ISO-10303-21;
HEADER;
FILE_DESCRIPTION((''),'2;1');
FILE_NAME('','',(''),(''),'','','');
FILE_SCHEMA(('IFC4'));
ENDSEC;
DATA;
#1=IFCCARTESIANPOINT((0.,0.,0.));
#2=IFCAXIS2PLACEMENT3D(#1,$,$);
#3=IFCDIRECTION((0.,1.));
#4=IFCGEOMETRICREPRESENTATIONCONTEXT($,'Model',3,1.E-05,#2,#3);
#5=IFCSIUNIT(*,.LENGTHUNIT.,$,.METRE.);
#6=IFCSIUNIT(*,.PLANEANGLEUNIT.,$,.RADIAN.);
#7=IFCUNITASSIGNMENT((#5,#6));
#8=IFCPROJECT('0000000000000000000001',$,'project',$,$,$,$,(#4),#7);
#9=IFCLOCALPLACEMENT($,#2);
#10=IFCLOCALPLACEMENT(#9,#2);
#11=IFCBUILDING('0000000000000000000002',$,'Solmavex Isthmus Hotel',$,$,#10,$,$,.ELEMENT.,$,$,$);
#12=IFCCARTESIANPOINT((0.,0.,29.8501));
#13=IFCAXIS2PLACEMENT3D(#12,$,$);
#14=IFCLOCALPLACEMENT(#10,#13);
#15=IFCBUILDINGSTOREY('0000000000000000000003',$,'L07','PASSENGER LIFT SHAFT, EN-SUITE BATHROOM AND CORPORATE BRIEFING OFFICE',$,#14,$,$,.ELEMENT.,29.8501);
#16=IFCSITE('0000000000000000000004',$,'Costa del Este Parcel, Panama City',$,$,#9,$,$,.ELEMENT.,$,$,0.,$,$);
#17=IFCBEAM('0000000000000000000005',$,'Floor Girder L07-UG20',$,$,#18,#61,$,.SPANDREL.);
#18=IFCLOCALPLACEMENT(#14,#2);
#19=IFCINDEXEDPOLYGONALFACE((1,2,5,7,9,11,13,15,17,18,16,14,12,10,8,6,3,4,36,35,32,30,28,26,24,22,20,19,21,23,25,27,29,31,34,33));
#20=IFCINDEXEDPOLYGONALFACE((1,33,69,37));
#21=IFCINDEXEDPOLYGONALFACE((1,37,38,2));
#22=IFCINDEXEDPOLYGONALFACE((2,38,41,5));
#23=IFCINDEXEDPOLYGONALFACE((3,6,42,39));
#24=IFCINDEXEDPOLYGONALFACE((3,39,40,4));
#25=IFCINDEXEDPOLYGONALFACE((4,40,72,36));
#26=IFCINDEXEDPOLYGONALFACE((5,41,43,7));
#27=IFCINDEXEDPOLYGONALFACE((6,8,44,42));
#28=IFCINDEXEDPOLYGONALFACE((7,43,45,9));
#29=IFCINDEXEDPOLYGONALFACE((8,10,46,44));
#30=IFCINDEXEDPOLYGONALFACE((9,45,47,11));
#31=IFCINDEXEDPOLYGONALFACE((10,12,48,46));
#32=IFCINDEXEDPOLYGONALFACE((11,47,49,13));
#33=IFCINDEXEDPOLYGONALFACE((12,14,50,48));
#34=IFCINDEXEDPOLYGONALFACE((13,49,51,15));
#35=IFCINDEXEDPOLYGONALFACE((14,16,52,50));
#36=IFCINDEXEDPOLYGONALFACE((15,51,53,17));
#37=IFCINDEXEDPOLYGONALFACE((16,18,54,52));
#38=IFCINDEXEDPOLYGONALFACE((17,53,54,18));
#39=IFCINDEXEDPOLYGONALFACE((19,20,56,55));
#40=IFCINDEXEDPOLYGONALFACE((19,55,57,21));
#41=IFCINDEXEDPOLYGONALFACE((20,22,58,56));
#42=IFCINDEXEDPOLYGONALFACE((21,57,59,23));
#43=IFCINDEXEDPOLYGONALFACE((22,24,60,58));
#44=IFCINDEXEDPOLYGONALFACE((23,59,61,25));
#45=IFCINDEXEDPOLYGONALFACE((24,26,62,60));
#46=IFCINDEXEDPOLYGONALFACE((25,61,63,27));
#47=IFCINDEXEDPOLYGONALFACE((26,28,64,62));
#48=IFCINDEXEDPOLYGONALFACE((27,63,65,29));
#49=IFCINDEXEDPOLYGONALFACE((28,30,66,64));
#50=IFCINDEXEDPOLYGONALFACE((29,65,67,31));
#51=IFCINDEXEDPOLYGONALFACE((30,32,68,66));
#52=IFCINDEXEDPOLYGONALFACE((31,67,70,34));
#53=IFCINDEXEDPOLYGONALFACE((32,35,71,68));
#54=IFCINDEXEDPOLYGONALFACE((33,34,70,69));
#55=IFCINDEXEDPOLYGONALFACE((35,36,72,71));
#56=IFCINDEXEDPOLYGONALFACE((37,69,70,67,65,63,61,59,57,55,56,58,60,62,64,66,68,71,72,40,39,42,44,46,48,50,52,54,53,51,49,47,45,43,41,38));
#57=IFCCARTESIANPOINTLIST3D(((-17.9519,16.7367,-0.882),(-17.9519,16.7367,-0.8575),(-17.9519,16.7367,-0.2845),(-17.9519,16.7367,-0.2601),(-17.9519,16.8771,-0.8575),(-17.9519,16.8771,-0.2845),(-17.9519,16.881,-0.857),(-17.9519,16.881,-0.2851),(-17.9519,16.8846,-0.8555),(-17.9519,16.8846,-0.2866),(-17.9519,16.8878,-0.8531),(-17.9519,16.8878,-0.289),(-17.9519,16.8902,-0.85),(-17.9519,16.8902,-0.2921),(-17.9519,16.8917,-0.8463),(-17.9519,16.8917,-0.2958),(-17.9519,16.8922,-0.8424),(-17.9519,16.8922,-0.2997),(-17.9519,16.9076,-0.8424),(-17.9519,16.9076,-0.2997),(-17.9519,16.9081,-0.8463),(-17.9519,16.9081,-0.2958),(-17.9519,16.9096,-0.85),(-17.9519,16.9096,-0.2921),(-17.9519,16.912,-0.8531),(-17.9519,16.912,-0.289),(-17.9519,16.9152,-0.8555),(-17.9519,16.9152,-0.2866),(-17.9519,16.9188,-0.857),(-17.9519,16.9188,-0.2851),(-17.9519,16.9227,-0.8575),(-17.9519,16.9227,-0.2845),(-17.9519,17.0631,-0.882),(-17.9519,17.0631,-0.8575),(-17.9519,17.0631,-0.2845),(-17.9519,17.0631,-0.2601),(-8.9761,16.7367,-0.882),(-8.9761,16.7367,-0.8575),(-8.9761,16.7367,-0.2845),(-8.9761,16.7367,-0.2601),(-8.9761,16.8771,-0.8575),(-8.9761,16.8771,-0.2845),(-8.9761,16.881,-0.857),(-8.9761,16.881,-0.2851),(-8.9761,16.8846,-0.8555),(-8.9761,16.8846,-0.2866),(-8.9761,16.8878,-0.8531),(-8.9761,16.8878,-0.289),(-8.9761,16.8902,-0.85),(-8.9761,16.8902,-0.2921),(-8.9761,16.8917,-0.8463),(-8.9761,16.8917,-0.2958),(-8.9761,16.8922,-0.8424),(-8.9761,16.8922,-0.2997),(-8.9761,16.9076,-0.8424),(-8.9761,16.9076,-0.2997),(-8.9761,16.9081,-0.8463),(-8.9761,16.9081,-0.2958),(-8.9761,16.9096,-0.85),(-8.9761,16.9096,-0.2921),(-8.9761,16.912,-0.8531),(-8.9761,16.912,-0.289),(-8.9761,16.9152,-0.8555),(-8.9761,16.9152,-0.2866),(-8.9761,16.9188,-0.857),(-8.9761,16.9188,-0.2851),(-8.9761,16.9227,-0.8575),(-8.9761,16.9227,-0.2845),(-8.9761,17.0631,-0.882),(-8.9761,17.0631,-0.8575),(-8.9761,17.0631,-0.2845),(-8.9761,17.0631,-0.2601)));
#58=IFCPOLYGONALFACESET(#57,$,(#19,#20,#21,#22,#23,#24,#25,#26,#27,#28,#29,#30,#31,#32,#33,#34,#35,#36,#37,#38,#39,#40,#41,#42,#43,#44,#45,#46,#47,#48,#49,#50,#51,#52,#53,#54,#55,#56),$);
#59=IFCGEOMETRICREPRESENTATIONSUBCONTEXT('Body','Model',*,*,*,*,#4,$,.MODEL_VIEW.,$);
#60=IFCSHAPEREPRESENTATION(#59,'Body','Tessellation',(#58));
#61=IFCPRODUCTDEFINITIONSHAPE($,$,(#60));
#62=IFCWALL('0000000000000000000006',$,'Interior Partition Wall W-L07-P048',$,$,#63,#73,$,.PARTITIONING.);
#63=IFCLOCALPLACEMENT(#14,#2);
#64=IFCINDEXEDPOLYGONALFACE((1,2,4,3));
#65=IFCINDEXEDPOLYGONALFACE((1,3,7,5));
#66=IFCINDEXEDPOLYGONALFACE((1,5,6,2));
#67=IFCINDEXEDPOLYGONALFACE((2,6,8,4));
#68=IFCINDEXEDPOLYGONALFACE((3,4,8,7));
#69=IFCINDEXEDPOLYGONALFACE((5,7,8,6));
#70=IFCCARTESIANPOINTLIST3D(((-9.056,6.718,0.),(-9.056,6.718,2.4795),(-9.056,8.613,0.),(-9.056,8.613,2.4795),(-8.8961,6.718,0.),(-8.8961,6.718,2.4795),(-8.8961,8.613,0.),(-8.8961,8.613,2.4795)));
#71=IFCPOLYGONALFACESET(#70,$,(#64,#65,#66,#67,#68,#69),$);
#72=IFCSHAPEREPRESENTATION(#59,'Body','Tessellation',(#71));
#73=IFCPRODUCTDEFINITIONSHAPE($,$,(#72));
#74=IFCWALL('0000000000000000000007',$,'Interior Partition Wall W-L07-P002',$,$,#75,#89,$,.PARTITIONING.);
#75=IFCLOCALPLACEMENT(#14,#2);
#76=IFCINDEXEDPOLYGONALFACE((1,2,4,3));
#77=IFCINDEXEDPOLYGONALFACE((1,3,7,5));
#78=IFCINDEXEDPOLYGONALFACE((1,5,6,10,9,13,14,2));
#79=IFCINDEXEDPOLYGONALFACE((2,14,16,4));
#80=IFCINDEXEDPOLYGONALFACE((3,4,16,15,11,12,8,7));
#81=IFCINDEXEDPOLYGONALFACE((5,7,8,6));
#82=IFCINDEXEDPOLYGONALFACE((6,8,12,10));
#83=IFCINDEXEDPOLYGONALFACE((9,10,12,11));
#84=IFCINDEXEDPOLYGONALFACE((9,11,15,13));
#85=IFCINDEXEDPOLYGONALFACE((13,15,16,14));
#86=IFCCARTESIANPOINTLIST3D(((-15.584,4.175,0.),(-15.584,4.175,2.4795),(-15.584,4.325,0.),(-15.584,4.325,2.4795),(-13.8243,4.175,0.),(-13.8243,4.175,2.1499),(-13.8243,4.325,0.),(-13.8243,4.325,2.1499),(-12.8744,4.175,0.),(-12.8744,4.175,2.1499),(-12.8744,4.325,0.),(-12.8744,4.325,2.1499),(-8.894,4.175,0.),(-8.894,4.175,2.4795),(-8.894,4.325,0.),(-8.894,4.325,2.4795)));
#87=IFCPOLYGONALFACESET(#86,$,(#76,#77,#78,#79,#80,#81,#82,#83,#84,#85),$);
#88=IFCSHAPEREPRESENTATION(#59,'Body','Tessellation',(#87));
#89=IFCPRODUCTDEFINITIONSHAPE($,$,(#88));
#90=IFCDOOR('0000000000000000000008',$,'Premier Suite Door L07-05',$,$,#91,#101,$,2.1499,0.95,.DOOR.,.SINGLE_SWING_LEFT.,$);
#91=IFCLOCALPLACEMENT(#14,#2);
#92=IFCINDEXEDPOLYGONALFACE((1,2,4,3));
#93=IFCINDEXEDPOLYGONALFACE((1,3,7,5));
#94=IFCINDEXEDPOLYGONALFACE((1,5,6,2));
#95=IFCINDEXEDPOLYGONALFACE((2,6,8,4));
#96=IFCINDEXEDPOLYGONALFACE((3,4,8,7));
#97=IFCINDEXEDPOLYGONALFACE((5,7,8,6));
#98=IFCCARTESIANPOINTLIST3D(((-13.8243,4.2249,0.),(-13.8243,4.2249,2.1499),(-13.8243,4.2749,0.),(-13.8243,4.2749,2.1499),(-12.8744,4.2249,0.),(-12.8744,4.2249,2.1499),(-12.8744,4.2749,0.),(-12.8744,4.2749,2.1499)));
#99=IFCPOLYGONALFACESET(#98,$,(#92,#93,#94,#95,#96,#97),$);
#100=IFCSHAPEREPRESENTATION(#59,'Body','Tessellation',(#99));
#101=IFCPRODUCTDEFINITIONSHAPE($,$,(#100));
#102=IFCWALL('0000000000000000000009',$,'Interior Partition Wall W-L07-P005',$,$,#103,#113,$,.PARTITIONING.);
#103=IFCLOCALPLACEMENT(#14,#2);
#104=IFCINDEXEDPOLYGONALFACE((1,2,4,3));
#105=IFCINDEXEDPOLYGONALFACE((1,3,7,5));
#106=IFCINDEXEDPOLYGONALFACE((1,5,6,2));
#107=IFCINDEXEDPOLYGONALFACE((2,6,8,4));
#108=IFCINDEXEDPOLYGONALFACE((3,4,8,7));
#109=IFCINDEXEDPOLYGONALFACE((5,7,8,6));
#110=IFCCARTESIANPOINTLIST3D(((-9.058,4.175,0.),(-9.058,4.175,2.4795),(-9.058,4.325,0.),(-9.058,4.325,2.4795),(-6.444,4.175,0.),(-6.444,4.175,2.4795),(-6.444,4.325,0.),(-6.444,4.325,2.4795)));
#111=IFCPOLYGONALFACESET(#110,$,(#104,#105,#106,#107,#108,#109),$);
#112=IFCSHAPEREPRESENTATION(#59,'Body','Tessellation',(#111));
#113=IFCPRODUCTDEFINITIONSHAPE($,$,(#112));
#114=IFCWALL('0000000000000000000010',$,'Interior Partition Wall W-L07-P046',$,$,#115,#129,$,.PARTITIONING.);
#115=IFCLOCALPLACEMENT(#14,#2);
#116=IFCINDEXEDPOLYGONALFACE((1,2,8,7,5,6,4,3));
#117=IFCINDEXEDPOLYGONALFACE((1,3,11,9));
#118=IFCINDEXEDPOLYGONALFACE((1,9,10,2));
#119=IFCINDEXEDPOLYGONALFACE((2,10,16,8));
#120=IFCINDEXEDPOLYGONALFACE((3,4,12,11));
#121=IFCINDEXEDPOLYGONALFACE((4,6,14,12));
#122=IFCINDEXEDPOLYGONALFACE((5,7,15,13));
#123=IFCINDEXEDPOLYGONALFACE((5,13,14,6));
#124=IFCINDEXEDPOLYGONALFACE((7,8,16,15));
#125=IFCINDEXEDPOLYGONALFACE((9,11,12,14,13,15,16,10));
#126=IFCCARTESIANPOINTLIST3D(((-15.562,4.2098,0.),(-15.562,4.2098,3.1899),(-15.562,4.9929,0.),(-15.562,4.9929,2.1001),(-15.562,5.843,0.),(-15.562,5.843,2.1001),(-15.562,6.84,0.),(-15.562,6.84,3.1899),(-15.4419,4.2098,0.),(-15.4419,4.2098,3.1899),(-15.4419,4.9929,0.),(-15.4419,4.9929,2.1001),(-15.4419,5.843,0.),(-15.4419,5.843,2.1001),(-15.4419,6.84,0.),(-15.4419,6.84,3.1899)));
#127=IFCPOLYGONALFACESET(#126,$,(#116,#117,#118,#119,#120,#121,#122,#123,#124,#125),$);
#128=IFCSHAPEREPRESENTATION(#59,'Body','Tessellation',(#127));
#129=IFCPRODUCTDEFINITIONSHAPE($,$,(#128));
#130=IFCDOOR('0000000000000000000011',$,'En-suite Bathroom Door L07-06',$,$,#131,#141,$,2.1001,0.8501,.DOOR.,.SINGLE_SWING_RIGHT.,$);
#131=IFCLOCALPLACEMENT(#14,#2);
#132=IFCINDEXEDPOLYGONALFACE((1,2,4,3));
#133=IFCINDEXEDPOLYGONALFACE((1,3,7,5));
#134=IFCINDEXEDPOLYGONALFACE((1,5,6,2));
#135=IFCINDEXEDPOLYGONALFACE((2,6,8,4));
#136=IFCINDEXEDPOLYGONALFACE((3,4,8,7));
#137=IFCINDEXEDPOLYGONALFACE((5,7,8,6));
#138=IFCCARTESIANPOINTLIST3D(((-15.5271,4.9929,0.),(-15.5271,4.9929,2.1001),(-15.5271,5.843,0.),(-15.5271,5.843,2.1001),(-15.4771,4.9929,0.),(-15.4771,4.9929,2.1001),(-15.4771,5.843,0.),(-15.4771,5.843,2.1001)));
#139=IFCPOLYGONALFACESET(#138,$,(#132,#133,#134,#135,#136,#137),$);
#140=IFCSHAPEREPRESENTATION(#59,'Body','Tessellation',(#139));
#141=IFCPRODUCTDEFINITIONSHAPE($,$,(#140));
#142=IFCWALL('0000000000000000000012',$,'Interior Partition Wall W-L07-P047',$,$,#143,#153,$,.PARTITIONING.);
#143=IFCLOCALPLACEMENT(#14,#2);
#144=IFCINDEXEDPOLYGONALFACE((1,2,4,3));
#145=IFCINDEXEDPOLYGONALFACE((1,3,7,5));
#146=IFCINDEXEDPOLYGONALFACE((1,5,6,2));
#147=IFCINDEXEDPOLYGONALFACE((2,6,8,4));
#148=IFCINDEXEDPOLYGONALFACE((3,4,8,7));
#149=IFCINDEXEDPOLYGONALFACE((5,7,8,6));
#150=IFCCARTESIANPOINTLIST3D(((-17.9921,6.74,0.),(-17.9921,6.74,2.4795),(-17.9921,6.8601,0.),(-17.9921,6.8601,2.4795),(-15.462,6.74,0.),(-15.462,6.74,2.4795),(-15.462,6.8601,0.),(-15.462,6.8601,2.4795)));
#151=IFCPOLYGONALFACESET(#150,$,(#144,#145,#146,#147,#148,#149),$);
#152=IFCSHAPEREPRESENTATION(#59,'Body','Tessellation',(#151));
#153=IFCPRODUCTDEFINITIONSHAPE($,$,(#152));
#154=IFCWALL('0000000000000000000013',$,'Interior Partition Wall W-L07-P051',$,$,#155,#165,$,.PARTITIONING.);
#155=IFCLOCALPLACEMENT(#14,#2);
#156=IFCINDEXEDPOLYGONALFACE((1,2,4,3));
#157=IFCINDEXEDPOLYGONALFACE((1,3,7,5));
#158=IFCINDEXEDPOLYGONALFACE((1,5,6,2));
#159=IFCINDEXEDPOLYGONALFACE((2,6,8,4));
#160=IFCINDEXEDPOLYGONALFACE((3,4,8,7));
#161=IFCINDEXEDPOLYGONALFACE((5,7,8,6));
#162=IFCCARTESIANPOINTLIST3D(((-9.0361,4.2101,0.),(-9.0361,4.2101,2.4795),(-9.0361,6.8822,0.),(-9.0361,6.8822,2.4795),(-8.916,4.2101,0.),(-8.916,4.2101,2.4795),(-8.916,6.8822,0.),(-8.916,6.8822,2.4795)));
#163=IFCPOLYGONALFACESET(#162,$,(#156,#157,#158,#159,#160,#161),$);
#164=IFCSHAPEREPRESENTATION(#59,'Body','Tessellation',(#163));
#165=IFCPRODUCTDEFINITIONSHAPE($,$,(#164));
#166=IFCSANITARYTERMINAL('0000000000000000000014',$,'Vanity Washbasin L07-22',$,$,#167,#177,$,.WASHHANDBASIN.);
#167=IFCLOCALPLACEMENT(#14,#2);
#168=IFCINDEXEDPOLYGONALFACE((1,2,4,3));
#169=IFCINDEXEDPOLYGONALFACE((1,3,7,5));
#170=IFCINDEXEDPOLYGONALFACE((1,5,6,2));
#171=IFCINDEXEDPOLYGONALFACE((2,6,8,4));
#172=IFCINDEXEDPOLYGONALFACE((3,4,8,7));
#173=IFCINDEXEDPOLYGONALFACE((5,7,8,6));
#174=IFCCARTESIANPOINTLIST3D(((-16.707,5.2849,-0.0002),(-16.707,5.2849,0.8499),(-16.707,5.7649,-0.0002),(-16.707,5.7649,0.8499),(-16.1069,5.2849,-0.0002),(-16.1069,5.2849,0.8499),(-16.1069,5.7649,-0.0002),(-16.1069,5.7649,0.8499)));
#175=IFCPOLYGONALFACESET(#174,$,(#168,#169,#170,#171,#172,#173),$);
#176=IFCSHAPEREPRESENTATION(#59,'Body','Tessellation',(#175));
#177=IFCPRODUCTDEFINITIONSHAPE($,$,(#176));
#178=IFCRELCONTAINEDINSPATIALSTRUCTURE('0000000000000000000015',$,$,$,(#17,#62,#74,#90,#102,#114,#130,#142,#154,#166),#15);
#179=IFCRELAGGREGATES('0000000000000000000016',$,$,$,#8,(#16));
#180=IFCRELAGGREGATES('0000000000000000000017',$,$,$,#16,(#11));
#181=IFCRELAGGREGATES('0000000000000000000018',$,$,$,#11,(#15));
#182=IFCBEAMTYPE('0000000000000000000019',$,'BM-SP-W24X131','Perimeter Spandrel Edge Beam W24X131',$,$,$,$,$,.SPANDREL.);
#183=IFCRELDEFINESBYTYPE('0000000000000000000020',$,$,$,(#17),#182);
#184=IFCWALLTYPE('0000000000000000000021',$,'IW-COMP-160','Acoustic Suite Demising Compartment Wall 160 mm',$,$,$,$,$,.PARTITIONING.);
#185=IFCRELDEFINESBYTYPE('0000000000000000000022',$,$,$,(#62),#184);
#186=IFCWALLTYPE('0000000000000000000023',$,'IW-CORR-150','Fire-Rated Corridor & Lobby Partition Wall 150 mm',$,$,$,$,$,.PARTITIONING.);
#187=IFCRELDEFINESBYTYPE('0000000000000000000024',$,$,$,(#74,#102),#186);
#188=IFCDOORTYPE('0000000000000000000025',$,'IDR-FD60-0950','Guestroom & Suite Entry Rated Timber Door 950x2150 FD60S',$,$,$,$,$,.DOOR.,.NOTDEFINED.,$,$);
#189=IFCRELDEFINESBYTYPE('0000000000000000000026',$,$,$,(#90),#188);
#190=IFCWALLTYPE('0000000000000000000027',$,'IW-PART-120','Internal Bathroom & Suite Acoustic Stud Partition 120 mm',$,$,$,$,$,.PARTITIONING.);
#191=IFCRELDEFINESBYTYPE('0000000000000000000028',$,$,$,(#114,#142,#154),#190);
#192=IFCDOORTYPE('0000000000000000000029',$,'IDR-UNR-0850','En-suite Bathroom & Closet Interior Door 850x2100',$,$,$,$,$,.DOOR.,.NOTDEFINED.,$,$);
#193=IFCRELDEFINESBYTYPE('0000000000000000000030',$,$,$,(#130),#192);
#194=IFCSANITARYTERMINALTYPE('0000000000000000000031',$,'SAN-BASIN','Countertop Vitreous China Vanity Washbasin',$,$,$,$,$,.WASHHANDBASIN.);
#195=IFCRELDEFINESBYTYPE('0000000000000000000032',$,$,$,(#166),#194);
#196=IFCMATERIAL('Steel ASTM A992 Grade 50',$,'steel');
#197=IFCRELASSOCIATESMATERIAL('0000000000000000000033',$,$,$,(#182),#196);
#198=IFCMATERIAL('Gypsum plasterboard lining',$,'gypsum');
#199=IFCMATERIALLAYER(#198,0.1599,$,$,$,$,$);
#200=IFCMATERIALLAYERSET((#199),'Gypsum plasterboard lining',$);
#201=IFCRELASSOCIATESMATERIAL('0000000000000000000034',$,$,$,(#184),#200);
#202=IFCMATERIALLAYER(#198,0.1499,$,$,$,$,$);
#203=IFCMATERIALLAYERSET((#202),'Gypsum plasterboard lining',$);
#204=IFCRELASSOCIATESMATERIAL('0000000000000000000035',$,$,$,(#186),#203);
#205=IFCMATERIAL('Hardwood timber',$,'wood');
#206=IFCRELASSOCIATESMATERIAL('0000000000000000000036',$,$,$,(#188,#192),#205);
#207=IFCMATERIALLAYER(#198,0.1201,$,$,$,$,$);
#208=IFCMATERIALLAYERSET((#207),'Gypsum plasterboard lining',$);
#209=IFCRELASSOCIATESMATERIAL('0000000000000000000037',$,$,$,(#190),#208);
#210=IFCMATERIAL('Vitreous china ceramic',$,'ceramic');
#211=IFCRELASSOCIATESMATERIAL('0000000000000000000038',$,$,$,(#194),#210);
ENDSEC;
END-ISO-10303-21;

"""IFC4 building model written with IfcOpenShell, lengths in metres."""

from ifc_helpers import new_model, si_unit, direction, frame, frame_2d, origin, origin_2d, place, context, subcontext, project, spatial, rectangle, i_section, extrude, material, layer, layer_set, material_profile, profile_set, type_object, element, fill, save


model = new_model("IFC4")

# Units and contexts
model_context = context("Model", 3, precision=1e-05, world=origin(), true_north=direction((0.0, 1.0)))
body_context = subcontext(model_context, "Body", "Model", "MODEL_VIEW")
ifc_project = project(units=[si_unit("LENGTHUNIT", "METRE"), si_unit("PLANEANGLEUNIT", "RADIAN")], contexts=[model_context])

# Site, building, storey
site_placement = place(None, origin())
site = spatial("IfcSite", under=ifc_project, at=site_placement, Name="Costa del Este Parcel, Panama City", CompositionType="ELEMENT", RefElevation=0.0)
building_placement = place(site_placement, origin())
building = spatial("IfcBuilding", under=site, at=building_placement, Name="Solmavex Isthmus Hotel", CompositionType="ELEMENT")
storey_placement = place(building_placement, frame((0.0, 0.0, 29.8501)))
storey = spatial("IfcBuildingStorey", under=building, at=storey_placement, Name="L07", Description="PASSENGER LIFT SHAFT, EN-SUITE BATHROOM AND CORPORATE BRIEFING OFFICE", CompositionType="ELEMENT", Elevation=29.8501)

# Beam
ifc_material_1 = material(Name="Steel ASTM A992 Grade 50", Category="steel")
ifc_material_profile_1 = material_profile(ifc_material_1, i_section(OverallWidth=0.3264, OverallDepth=0.6218, WebThickness=0.0154, FlangeThickness=0.0244, FilletRadius=0.0151, at=origin_2d()), Name="W24X131")
ifc_profile_set_1 = profile_set([ifc_material_profile_1], Name="Steel ASTM A992 Grade 50")
beam_type_1 = type_object("IfcBeamType", Name="BM-SP-W24X131", Description="Perimeter Spandrel Edge Beam W24X131", PredefinedType="SPANDREL", material=ifc_profile_set_1)
beam_1_placement = place(storey_placement, frame((-17.9519, 16.8999, -0.571), z_axis=(1.0, 0.0, 0.0), x_axis=(0.0, 1.0, 0.0)))
element("IfcBeam", 1, at=beam_1_placement, inside=storey, type_object=beam_type_1, Name="Floor Girder L07-UG20", PredefinedType="SPANDREL", context=body_context, shape_type="SweptSolid", body=[
    extrude(i_section(OverallWidth=0.3264, OverallDepth=0.6218, WebThickness=0.0154, FlangeThickness=0.0244, FilletRadius=0.0151, at=origin_2d()), origin(), (0.0, 0.0, 1.0), 8.9758),
])

# Wall
ifc_material_2 = material(Name="Gypsum plasterboard lining", Category="gypsum")
ifc_layer_1 = layer(ifc_material_2, 0.1599)
ifc_layer_set_1 = layer_set([ifc_layer_1], Name="Gypsum plasterboard lining")
wall_type_1 = type_object("IfcWallType", Name="IW-COMP-160", Description="Acoustic Suite Demising Compartment Wall 160 mm", PredefinedType="PARTITIONING", material=ifc_layer_set_1)
wall_1_placement = place(storey_placement, frame((-8.9761, 8.613, 0.0), z_axis=(0.0, 0.0, 1.0), x_axis=(0.0, -1.0, 0.0)))
element("IfcWall", 2, at=wall_1_placement, inside=storey, type_object=wall_type_1, Name="Interior Partition Wall W-L07-P048", PredefinedType="PARTITIONING", context=body_context, shape_type="SweptSolid", body=[
    extrude(rectangle(XDim=1.895, YDim=0.1599, at=frame_2d((0.9475, 0.0))), origin(), (0.0, 0.0, 1.0), 2.4795),
])

# Wall, opening, door
ifc_layer_2 = layer(ifc_material_2, 0.1499)
ifc_layer_set_2 = layer_set([ifc_layer_2], Name="Gypsum plasterboard lining")
wall_type_2 = type_object("IfcWallType", Name="IW-CORR-150", Description="Fire-Rated Corridor & Lobby Partition Wall 150 mm", PredefinedType="PARTITIONING", material=ifc_layer_set_2)
wall_2_placement = place(storey_placement, frame((-15.584, 4.25, 0.0), z_axis=(0.0, 0.0, 1.0), x_axis=(1.0, 0.0, 0.0)))
wall_2 = element("IfcWall", 3, at=wall_2_placement, inside=storey, type_object=wall_type_2, Name="Interior Partition Wall W-L07-P002", PredefinedType="PARTITIONING", context=body_context, shape_type="SweptSolid", body=[
    extrude(rectangle(XDim=6.6899, YDim=0.1499, at=frame_2d((3.345, 0.0))), origin(), (0.0, 0.0, 1.0), 2.4795),
])
opening_1_placement = place(wall_2_placement, frame((1.7595, 0.0, 0.0)))
opening_1 = element("IfcOpeningElement", 4, at=opening_1_placement, cuts=wall_2, PredefinedType="OPENING", context=body_context, shape_type="SweptSolid", body=[
    extrude(rectangle(XDim=0.95, YDim=2.1499, at=frame_2d((0.4751, 1.075))), frame((0.0, 0.085, 0.0), z_axis=(0.0, -1.0, 0.0), x_axis=(1.0, 0.0, 0.0)), (0.0, 0.0, 1.0), 0.1699),
])
ifc_material_3 = material(Name="Hardwood timber", Category="wood")
door_type_1 = type_object("IfcDoorType", Name="IDR-FD60-0950", Description="Guestroom & Suite Entry Rated Timber Door 950x2150 FD60S", OperationType="NOTDEFINED", PredefinedType="DOOR", material=ifc_material_3)
door_1_placement = place(opening_1_placement, origin())
door_1 = element("IfcDoor", 5, at=door_1_placement, inside=storey, type_object=door_type_1, Name="Premier Suite Door L07-05", OperationType="SINGLE_SWING_LEFT", OverallHeight=2.1499, OverallWidth=0.95, PredefinedType="DOOR", context=body_context, shape_type="SweptSolid", body=[
    extrude(rectangle(XDim=0.95, YDim=2.1499, at=frame_2d((0.4751, 1.075))), frame((0.0, 0.0249, 0.0), z_axis=(0.0, -1.0, 0.0), x_axis=(1.0, 0.0, 0.0)), (0.0, 0.0, 1.0), 0.05),
])
fill(opening_1, door_1)

# Wall
wall_3_placement = place(storey_placement, frame((-9.0581, 4.25, 0.0), z_axis=(0.0, 0.0, 1.0), x_axis=(1.0, 0.0, 0.0)))
element("IfcWall", 6, at=wall_3_placement, inside=storey, type_object=wall_type_2, Name="Interior Partition Wall W-L07-P005", PredefinedType="PARTITIONING", context=body_context, shape_type="SweptSolid", body=[
    extrude(rectangle(XDim=2.614, YDim=0.1499, at=frame_2d((1.3071, 0.0))), origin(), (0.0, 0.0, 1.0), 2.4795),
])

# Wall, opening, door
ifc_layer_3 = layer(ifc_material_2, 0.1201)
ifc_layer_set_3 = layer_set([ifc_layer_3], Name="Gypsum plasterboard lining")
wall_type_3 = type_object("IfcWallType", Name="IW-PART-120", Description="Internal Bathroom & Suite Acoustic Stud Partition 120 mm", PredefinedType="PARTITIONING", material=ifc_layer_set_3)
wall_4_placement = place(storey_placement, frame((-15.502, 4.21, 0.0), z_axis=(0.0, 0.0, 1.0), x_axis=(0.0, 1.0, 0.0)))
wall_4 = element("IfcWall", 7, at=wall_4_placement, inside=storey, type_object=wall_type_3, Name="Interior Partition Wall W-L07-P046", PredefinedType="PARTITIONING", context=body_context, shape_type="SweptSolid", body=[
    extrude(rectangle(XDim=2.6301, YDim=0.1201, at=frame_2d((1.3149, 0.0))), origin(), (0.0, 0.0, 1.0), 3.1899),
])
opening_2_placement = place(wall_4_placement, frame((0.783, 0.0, 0.0)))
opening_2 = element("IfcOpeningElement", 8, at=opening_2_placement, cuts=wall_4, PredefinedType="OPENING", context=body_context, shape_type="SweptSolid", body=[
    extrude(rectangle(XDim=0.8501, YDim=2.1001, at=frame_2d((0.425, 1.05))), frame((0.0, 0.0701, 0.0), z_axis=(0.0, -1.0, 0.0), x_axis=(1.0, 0.0, 0.0)), (0.0, 0.0, 1.0), 0.1401),
])
door_type_2 = type_object("IfcDoorType", Name="IDR-UNR-0850", Description="En-suite Bathroom & Closet Interior Door 850x2100", OperationType="NOTDEFINED", PredefinedType="DOOR", material=ifc_material_3)
door_2_placement = place(opening_2_placement, frame((0.8501, 0.0, 0.0), z_axis=(0.0, 0.0, 1.0), x_axis=(-1.0, 0.0, 0.0)))
door_2 = element("IfcDoor", 9, at=door_2_placement, inside=storey, type_object=door_type_2, Name="En-suite Bathroom Door L07-06", OperationType="SINGLE_SWING_RIGHT", OverallHeight=2.1001, OverallWidth=0.8501, PredefinedType="DOOR", context=body_context, shape_type="SweptSolid", body=[
    extrude(rectangle(XDim=0.8501, YDim=2.1001, at=frame_2d((0.425, 1.05))), frame((0.0, 0.0249, 0.0), z_axis=(0.0, -1.0, 0.0), x_axis=(1.0, 0.0, 0.0)), (0.0, 0.0, 1.0), 0.05),
])
fill(opening_2, door_2)

# Walls
wall_5_placement = place(storey_placement, frame((-15.4619, 6.8, 0.0), z_axis=(0.0, 0.0, 1.0), x_axis=(-1.0, 0.0, 0.0)))
element("IfcWall", 10, at=wall_5_placement, inside=storey, type_object=wall_type_3, Name="Interior Partition Wall W-L07-P047", PredefinedType="PARTITIONING", context=body_context, shape_type="SweptSolid", body=[
    extrude(rectangle(XDim=2.53, YDim=0.1201, at=frame_2d((1.2651, 0.0))), origin(), (0.0, 0.0, 1.0), 2.4795),
])
wall_6_placement = place(storey_placement, frame((-8.9761, 6.8821, 0.0), z_axis=(0.0, 0.0, 1.0), x_axis=(0.0, -1.0, 0.0)))
element("IfcWall", 11, at=wall_6_placement, inside=storey, type_object=wall_type_3, Name="Interior Partition Wall W-L07-P051", PredefinedType="PARTITIONING", context=body_context, shape_type="SweptSolid", body=[
    extrude(rectangle(XDim=2.6721, YDim=0.1201, at=frame_2d((1.3359, 0.0))), origin(), (0.0, 0.0, 1.0), 2.4795),
])

# Sanitary terminal
ifc_material_4 = material(Name="Vitreous china ceramic", Category="ceramic")
sanitary_terminal_type_1 = type_object("IfcSanitaryTerminalType", Name="SAN-BASIN", Description="Countertop Vitreous China Vanity Washbasin", PredefinedType="WASHHANDBASIN", material=ifc_material_4)
sanitary_terminal_1_placement = place(storey_placement, frame((-16.407, 5.5249, -0.0002), z_axis=(0.0, 0.0, 1.0), x_axis=(1.0, 0.0, 0.0)))
element("IfcSanitaryTerminal", 12, at=sanitary_terminal_1_placement, inside=storey, type_object=sanitary_terminal_type_1, Name="Vanity Washbasin L07-22", PredefinedType="WASHHANDBASIN", context=body_context, shape_type="SweptSolid", body=[
    extrude(rectangle(XDim=0.6001, YDim=0.48, at=origin_2d()), origin(), (0.0, 0.0, 1.0), 0.8501),
])

save(model, "model.ifc")
